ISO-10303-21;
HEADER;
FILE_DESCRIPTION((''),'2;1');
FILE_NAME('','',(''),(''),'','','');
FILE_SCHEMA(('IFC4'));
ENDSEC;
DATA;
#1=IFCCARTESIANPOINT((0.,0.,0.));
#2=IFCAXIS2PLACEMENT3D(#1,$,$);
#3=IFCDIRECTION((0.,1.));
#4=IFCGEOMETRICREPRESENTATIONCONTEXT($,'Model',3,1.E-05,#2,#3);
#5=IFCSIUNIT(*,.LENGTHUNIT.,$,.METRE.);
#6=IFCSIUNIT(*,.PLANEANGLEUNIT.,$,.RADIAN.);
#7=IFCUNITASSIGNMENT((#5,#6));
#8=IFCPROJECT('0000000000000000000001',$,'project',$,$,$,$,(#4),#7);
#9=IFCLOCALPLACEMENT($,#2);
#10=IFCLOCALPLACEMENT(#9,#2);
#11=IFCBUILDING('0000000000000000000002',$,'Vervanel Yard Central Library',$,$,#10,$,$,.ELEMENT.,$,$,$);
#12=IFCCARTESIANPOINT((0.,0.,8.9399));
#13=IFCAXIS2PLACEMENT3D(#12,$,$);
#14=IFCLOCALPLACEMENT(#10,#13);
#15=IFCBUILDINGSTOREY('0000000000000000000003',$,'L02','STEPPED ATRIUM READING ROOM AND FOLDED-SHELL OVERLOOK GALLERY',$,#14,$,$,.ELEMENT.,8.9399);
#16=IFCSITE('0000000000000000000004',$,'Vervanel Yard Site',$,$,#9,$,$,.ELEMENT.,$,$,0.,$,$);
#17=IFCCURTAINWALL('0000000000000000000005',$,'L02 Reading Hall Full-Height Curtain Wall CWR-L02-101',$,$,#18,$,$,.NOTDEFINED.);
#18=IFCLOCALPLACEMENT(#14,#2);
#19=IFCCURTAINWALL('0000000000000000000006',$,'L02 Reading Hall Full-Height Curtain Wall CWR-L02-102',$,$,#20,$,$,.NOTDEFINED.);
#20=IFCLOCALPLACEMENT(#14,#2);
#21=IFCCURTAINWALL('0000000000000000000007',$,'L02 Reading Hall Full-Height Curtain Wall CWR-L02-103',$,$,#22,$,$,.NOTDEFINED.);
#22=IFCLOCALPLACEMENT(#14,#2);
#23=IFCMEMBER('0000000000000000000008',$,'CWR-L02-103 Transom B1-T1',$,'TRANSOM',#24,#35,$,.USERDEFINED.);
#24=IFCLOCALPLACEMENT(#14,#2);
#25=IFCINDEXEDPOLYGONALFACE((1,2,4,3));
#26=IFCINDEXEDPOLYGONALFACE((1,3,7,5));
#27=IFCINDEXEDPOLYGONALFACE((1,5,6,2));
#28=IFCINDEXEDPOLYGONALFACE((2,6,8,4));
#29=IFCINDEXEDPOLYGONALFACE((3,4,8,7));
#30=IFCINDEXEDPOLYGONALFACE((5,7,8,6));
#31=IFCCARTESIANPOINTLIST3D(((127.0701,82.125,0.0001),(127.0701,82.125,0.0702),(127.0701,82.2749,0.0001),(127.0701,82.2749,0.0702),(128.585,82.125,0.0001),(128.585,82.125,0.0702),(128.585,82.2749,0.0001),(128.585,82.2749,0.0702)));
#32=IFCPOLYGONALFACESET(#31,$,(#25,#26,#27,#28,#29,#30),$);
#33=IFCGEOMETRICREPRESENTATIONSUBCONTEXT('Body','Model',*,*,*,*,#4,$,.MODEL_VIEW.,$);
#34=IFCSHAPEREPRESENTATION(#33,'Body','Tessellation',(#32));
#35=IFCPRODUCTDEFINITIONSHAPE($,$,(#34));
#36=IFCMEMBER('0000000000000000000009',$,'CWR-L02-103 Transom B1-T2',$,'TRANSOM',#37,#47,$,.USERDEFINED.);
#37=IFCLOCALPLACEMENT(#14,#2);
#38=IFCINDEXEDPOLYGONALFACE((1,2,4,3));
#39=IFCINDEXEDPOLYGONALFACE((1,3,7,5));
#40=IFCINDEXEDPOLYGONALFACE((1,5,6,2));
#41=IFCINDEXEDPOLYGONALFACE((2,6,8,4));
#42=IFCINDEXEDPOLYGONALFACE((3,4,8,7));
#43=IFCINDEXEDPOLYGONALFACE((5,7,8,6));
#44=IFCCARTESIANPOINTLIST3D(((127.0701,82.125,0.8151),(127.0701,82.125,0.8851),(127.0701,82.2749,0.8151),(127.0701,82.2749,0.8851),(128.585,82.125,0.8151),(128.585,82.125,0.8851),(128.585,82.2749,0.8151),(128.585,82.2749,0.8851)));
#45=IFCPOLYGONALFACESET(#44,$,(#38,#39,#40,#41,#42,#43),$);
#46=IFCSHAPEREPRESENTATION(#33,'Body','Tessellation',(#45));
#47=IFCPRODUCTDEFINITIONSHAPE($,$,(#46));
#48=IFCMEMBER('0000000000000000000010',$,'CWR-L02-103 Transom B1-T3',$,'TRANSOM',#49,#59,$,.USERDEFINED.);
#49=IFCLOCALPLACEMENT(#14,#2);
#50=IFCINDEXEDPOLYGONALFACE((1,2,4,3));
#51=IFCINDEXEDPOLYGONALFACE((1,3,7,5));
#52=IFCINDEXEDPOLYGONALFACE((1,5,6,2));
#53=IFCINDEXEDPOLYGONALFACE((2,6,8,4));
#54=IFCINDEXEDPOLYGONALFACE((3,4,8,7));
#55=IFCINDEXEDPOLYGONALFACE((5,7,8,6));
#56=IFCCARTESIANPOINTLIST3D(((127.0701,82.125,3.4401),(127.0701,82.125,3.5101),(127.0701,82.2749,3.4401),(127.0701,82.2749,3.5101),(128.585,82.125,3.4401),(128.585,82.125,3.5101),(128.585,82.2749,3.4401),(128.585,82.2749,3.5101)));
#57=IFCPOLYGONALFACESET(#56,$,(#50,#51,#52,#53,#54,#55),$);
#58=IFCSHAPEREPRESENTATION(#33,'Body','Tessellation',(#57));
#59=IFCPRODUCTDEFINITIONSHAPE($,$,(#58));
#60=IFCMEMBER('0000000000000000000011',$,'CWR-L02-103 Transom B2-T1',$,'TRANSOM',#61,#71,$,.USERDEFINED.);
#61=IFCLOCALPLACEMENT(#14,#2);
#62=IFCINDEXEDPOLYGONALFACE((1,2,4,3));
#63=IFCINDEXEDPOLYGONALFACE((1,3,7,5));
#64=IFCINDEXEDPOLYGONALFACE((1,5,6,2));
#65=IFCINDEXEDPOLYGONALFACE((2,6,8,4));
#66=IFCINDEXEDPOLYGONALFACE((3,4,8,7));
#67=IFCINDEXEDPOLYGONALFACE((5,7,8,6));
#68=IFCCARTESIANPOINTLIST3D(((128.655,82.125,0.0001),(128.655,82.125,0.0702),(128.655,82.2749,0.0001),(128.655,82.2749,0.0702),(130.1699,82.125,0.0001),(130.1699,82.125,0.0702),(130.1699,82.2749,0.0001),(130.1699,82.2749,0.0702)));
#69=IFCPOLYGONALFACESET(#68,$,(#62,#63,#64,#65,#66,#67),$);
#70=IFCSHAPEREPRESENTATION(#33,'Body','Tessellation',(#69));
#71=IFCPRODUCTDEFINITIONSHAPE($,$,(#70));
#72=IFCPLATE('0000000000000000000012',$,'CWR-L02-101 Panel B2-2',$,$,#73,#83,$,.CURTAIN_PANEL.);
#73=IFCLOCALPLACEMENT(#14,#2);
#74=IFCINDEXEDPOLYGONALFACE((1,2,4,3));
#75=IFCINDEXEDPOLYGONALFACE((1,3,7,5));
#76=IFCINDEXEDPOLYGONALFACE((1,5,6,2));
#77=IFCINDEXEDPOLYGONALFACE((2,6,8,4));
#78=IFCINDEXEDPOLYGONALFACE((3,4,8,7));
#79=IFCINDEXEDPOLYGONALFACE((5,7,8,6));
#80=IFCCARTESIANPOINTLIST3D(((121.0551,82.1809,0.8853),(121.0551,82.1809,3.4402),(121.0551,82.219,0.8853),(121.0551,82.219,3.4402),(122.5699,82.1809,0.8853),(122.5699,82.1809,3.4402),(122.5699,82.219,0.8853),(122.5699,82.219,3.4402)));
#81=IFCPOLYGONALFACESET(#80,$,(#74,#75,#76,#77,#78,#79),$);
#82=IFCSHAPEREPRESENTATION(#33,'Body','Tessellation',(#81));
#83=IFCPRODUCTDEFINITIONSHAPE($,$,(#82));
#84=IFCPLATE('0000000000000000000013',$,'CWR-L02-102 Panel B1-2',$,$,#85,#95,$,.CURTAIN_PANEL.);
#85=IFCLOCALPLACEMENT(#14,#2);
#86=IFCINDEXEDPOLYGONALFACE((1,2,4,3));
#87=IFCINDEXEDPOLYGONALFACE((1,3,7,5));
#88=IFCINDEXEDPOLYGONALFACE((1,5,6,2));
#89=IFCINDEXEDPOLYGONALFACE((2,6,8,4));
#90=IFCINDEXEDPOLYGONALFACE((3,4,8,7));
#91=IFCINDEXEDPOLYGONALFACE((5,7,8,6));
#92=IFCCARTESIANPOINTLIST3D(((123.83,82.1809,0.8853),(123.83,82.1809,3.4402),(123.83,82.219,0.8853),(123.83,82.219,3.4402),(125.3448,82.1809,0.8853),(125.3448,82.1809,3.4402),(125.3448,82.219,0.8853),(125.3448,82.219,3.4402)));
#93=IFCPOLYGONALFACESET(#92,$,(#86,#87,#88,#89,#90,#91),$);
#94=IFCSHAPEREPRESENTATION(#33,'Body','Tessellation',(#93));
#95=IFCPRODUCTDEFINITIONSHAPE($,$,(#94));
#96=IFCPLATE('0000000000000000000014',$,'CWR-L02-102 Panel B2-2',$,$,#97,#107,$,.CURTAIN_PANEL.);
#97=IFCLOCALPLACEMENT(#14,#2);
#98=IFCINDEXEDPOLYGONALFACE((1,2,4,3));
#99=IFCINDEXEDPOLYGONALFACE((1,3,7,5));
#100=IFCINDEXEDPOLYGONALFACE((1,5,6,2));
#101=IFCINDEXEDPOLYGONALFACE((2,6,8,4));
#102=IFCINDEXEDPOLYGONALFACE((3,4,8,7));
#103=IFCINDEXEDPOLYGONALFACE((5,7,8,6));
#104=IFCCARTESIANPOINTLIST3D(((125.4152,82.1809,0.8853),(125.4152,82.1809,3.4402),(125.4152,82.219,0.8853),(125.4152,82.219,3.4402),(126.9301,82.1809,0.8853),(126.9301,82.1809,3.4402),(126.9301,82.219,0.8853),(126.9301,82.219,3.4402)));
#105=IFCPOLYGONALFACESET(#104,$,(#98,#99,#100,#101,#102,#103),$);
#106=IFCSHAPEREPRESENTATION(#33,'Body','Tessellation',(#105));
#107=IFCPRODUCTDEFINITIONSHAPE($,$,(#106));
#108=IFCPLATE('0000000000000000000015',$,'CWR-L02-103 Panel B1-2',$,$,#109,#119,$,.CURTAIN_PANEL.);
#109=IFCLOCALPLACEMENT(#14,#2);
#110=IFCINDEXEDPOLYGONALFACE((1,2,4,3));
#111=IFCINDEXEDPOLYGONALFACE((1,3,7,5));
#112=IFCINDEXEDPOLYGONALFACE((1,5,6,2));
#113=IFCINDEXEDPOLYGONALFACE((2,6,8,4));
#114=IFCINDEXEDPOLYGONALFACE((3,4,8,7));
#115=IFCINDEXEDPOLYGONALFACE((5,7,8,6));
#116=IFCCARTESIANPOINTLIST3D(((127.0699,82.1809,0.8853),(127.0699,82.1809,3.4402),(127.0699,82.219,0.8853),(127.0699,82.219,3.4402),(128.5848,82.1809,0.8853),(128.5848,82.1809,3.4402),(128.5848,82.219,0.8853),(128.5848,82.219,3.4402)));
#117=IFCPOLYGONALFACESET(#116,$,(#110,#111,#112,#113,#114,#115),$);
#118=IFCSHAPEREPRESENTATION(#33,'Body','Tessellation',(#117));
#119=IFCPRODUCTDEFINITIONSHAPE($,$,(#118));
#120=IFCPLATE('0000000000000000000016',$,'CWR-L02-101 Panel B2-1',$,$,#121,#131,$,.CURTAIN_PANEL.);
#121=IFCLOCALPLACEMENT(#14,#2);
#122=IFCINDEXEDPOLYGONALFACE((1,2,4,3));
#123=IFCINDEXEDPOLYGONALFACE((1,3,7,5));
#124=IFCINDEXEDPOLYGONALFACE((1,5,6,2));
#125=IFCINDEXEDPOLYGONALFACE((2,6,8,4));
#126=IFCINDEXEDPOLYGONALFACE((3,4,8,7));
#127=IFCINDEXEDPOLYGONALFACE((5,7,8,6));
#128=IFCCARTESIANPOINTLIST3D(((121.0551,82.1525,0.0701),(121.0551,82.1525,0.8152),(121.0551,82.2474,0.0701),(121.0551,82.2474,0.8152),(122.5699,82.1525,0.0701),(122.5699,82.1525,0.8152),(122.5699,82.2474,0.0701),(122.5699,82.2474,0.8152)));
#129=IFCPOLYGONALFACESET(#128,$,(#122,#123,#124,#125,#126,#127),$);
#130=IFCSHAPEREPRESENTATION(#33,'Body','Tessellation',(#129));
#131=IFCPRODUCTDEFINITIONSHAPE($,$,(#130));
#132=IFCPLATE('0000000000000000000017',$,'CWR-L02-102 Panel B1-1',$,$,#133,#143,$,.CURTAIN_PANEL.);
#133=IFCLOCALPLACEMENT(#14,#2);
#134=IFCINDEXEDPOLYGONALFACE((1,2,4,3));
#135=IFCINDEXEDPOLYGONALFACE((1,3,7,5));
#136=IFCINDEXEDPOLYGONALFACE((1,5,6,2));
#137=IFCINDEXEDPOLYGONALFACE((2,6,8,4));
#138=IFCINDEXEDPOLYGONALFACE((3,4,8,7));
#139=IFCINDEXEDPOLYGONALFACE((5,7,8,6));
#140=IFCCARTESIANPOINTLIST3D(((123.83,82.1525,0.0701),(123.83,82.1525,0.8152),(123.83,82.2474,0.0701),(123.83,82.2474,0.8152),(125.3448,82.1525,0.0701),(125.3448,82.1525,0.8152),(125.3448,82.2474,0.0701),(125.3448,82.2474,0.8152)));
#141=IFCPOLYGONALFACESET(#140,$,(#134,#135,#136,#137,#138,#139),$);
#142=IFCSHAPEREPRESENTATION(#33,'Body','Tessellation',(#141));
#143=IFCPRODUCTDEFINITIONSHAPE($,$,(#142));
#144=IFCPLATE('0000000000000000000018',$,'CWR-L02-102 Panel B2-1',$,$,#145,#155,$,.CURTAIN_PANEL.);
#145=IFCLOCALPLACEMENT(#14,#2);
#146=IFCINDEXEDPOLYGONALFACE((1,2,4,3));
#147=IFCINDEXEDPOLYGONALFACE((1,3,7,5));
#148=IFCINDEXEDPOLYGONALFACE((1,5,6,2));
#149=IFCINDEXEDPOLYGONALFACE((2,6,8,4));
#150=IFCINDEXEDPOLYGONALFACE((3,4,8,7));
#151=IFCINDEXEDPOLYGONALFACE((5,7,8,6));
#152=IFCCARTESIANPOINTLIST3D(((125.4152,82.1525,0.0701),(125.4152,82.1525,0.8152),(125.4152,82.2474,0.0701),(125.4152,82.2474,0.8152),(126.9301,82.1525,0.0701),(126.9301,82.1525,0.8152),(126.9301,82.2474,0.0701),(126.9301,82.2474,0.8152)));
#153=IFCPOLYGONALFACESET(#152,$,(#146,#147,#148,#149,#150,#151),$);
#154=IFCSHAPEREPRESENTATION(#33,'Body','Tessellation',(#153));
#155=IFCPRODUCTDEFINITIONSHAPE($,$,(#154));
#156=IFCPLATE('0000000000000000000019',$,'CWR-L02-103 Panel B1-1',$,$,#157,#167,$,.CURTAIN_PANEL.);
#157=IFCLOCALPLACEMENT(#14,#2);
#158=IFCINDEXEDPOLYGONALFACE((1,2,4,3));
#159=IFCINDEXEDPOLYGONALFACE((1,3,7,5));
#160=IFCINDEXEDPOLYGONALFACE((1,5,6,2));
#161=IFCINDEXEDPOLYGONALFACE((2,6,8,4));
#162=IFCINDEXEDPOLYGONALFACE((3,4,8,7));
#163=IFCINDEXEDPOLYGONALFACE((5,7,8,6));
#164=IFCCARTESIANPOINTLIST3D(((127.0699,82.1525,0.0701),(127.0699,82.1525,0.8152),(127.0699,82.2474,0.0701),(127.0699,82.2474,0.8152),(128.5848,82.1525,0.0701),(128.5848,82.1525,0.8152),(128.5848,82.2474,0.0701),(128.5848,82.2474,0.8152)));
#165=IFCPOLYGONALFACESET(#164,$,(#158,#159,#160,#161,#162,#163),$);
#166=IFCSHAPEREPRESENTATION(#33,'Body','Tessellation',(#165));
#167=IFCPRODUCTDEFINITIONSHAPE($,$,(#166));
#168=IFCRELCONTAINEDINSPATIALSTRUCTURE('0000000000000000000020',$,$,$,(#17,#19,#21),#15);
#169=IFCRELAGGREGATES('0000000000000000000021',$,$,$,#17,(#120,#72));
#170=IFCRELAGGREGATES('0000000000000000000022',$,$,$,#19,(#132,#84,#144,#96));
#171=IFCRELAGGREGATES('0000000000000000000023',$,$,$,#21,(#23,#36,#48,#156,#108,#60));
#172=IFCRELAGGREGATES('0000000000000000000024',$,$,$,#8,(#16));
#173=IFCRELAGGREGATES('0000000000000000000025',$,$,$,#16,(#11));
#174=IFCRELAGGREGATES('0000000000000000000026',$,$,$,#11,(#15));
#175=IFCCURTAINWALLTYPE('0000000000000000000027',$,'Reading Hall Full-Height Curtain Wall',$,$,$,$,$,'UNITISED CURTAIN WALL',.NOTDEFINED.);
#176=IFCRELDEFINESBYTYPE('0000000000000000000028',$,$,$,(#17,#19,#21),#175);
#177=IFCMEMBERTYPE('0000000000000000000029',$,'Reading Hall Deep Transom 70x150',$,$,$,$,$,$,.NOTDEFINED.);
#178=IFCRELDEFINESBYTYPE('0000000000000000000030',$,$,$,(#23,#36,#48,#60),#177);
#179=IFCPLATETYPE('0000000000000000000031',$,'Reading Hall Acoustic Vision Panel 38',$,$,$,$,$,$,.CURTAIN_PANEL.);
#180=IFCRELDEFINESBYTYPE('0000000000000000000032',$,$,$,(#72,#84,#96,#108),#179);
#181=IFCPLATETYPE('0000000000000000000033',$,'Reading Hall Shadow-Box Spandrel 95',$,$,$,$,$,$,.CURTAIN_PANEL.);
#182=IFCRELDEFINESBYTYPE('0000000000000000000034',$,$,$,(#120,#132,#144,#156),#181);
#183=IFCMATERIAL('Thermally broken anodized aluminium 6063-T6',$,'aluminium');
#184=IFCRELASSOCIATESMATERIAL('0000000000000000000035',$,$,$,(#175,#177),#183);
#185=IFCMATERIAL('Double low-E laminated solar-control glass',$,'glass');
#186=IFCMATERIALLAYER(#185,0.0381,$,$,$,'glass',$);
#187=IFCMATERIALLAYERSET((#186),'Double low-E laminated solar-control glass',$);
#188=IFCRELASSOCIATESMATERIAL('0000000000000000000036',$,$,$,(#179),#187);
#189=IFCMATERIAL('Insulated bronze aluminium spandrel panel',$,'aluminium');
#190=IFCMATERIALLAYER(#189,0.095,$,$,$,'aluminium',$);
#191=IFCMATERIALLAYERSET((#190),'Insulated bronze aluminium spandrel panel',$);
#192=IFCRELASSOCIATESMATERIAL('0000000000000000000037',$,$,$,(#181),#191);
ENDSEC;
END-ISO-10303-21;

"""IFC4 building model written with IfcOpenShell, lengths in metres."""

from ifc_helpers import new_model, si_unit, direction, frame, origin, origin_2d, place, context, subcontext, project, spatial, rectangle, extrude, material, layer, layer_set, material_profile, profile_set, type_object, element, aggregate, save


model = new_model("IFC4")

# Units and contexts
model_context = context("Model", 3, precision=1e-05, world=origin(), true_north=direction((0.0, 1.0)))
body_context = subcontext(model_context, "Body", "Model", "MODEL_VIEW")
ifc_project = project(units=[si_unit("LENGTHUNIT", "METRE"), si_unit("PLANEANGLEUNIT", "RADIAN")], contexts=[model_context])

# Site, building, storey
site_placement = place(None, origin())
site = spatial("IfcSite", under=ifc_project, at=site_placement, Name="Vervanel Yard Site", CompositionType="ELEMENT", RefElevation=0.0)
building_placement = place(site_placement, origin())
building = spatial("IfcBuilding", under=site, at=building_placement, Name="Vervanel Yard Central Library", CompositionType="ELEMENT")
storey_placement = place(building_placement, frame((0.0, 0.0, 8.9399)))
storey = spatial("IfcBuildingStorey", under=building, at=storey_placement, Name="L02", Description="STEPPED ATRIUM READING ROOM AND FOLDED-SHELL OVERLOOK GALLERY", CompositionType="ELEMENT", Elevation=8.9399)

# Curtain wall
ifc_material_1 = material(Name="Thermally broken anodized aluminium 6063-T6", Category="aluminium")
curtain_wall_type = type_object("IfcCurtainWallType", Name="Reading Hall Full-Height Curtain Wall", ElementType="UNITISED CURTAIN WALL", PredefinedType="NOTDEFINED", material=ifc_material_1)
curtain_wall_1_placement = place(storey_placement, origin())
curtain_wall_1 = element("IfcCurtainWall", 1, at=curtain_wall_1_placement, inside=storey, type_object=curtain_wall_type, Name="L02 Reading Hall Full-Height Curtain Wall CWR-L02-101", PredefinedType="NOTDEFINED")

# Curtain walls
curtain_wall_2_placement = place(storey_placement, origin())
curtain_wall_2 = element("IfcCurtainWall", 2, at=curtain_wall_2_placement, inside=storey, type_object=curtain_wall_type, Name="L02 Reading Hall Full-Height Curtain Wall CWR-L02-102", PredefinedType="NOTDEFINED")
curtain_wall_3_placement = place(storey_placement, origin())
curtain_wall_3 = element("IfcCurtainWall", 3, at=curtain_wall_3_placement, inside=storey, type_object=curtain_wall_type, Name="L02 Reading Hall Full-Height Curtain Wall CWR-L02-103", PredefinedType="NOTDEFINED")

# Members
ifc_material_profile_1 = material_profile(ifc_material_1, rectangle(XDim=0.0701, YDim=0.1499, at=origin_2d()), Name="ALU 70x150", Category="aluminium")
ifc_profile_set_1 = profile_set([ifc_material_profile_1], Name="Thermally broken anodized aluminium 6063-T6")
member_type_1 = type_object("IfcMemberType", Name="Reading Hall Deep Transom 70x150", PredefinedType="NOTDEFINED", material=ifc_profile_set_1)
member_1_placement = place(storey_placement, frame((127.0701, 82.2, 0.0352), z_axis=(1.0, 0.0, 0.0), x_axis=(0.0, 0.0, 1.0)))
member_1 = element("IfcMember", 4, at=member_1_placement, type_object=member_type_1, Name="CWR-L02-103 Transom B1-T1", ObjectType="TRANSOM", PredefinedType="USERDEFINED", context=body_context, shape_type="SweptSolid", body=[
    extrude(rectangle(XDim=0.0701, YDim=0.1499, at=origin_2d()), origin(), (0.0, 0.0, 1.0), 1.5149),
])
member_2_placement = place(storey_placement, frame((127.0701, 82.2, 0.8501), z_axis=(1.0, 0.0, 0.0), x_axis=(0.0, 0.0, 1.0)))
member_2 = element("IfcMember", 5, at=member_2_placement, type_object=member_type_1, Name="CWR-L02-103 Transom B1-T2", ObjectType="TRANSOM", PredefinedType="USERDEFINED", context=body_context, shape_type="SweptSolid", body=[
    extrude(rectangle(XDim=0.0701, YDim=0.1499, at=origin_2d()), origin(), (0.0, 0.0, 1.0), 1.5149),
])
member_3_placement = place(storey_placement, frame((127.0701, 82.2, 3.4751), z_axis=(1.0, 0.0, 0.0), x_axis=(0.0, 0.0, 1.0)))
member_3 = element("IfcMember", 6, at=member_3_placement, type_object=member_type_1, Name="CWR-L02-103 Transom B1-T3", ObjectType="TRANSOM", PredefinedType="USERDEFINED", context=body_context, shape_type="SweptSolid", body=[
    extrude(rectangle(XDim=0.0701, YDim=0.1499, at=origin_2d()), origin(), (0.0, 0.0, 1.0), 1.5149),
])
member_4_placement = place(storey_placement, frame((128.655, 82.2, 0.0352), z_axis=(1.0, 0.0, 0.0), x_axis=(0.0, 0.0, 1.0)))
member_4 = element("IfcMember", 7, at=member_4_placement, type_object=member_type_1, Name="CWR-L02-103 Transom B2-T1", ObjectType="TRANSOM", PredefinedType="USERDEFINED", context=body_context, shape_type="SweptSolid", body=[
    extrude(rectangle(XDim=0.0701, YDim=0.1499, at=origin_2d()), origin(), (0.0, 0.0, 1.0), 1.5149),
])

# Plates
ifc_material_2 = material(Name="Double low-E laminated solar-control glass", Category="glass")
ifc_layer_1 = layer(ifc_material_2, 0.0381, Category="glass")
ifc_layer_set_1 = layer_set([ifc_layer_1], Name="Double low-E laminated solar-control glass")
plate_type_1 = type_object("IfcPlateType", Name="Reading Hall Acoustic Vision Panel 38", PredefinedType="CURTAIN_PANEL", material=ifc_layer_set_1)
plate_1_placement = place(storey_placement, frame((121.8125, 82.2, 0.8853), z_axis=(0.0, 0.0, 1.0), x_axis=(1.0, 0.0, 0.0)))
plate_1 = element("IfcPlate", 8, at=plate_1_placement, type_object=plate_type_1, Name="CWR-L02-101 Panel B2-2", PredefinedType="CURTAIN_PANEL", context=body_context, shape_type="SweptSolid", body=[
    extrude(rectangle(XDim=1.5149, YDim=0.0381, at=origin_2d()), origin(), (0.0, 0.0, 1.0), 2.5549),
])
plate_2_placement = place(storey_placement, frame((124.5874, 82.2, 0.8853), z_axis=(0.0, 0.0, 1.0), x_axis=(1.0, 0.0, 0.0)))
plate_2 = element("IfcPlate", 9, at=plate_2_placement, type_object=plate_type_1, Name="CWR-L02-102 Panel B1-2", PredefinedType="CURTAIN_PANEL", context=body_context, shape_type="SweptSolid", body=[
    extrude(rectangle(XDim=1.5149, YDim=0.0381, at=origin_2d()), origin(), (0.0, 0.0, 1.0), 2.5549),
])
plate_3_placement = place(storey_placement, frame((126.1726, 82.2, 0.8853), z_axis=(0.0, 0.0, 1.0), x_axis=(1.0, 0.0, 0.0)))
plate_3 = element("IfcPlate", 10, at=plate_3_placement, type_object=plate_type_1, Name="CWR-L02-102 Panel B2-2", PredefinedType="CURTAIN_PANEL", context=body_context, shape_type="SweptSolid", body=[
    extrude(rectangle(XDim=1.5149, YDim=0.0381, at=origin_2d()), origin(), (0.0, 0.0, 1.0), 2.5549),
])
plate_4_placement = place(storey_placement, frame((127.8274, 82.2, 0.8853), z_axis=(0.0, 0.0, 1.0), x_axis=(1.0, 0.0, 0.0)))
plate_4 = element("IfcPlate", 11, at=plate_4_placement, type_object=plate_type_1, Name="CWR-L02-103 Panel B1-2", PredefinedType="CURTAIN_PANEL", context=body_context, shape_type="SweptSolid", body=[
    extrude(rectangle(XDim=1.5149, YDim=0.0381, at=origin_2d()), origin(), (0.0, 0.0, 1.0), 2.5549),
])
ifc_material_3 = material(Name="Insulated bronze aluminium spandrel panel", Category="aluminium")
ifc_layer_2 = layer(ifc_material_3, 0.095, Category="aluminium")
ifc_layer_set_2 = layer_set([ifc_layer_2], Name="Insulated bronze aluminium spandrel panel")
plate_type_2 = type_object("IfcPlateType", Name="Reading Hall Shadow-Box Spandrel 95", PredefinedType="CURTAIN_PANEL", material=ifc_layer_set_2)
plate_5_placement = place(storey_placement, frame((121.8125, 82.2, 0.0701), z_axis=(0.0, 0.0, 1.0), x_axis=(1.0, 0.0, 0.0)))
plate_5 = element("IfcPlate", 12, at=plate_5_placement, type_object=plate_type_2, Name="CWR-L02-101 Panel B2-1", PredefinedType="CURTAIN_PANEL", context=body_context, shape_type="SweptSolid", body=[
    extrude(rectangle(XDim=1.5149, YDim=0.095, at=origin_2d()), origin(), (0.0, 0.0, 1.0), 0.7451),
])
aggregate(curtain_wall_1, [plate_5, plate_1])
plate_6_placement = place(storey_placement, frame((124.5874, 82.2, 0.0701), z_axis=(0.0, 0.0, 1.0), x_axis=(1.0, 0.0, 0.0)))
plate_6 = element("IfcPlate", 13, at=plate_6_placement, type_object=plate_type_2, Name="CWR-L02-102 Panel B1-1", PredefinedType="CURTAIN_PANEL", context=body_context, shape_type="SweptSolid", body=[
    extrude(rectangle(XDim=1.5149, YDim=0.095, at=origin_2d()), origin(), (0.0, 0.0, 1.0), 0.7451),
])
plate_7_placement = place(storey_placement, frame((126.1726, 82.2, 0.0701), z_axis=(0.0, 0.0, 1.0), x_axis=(1.0, 0.0, 0.0)))
plate_7 = element("IfcPlate", 14, at=plate_7_placement, type_object=plate_type_2, Name="CWR-L02-102 Panel B2-1", PredefinedType="CURTAIN_PANEL", context=body_context, shape_type="SweptSolid", body=[
    extrude(rectangle(XDim=1.5149, YDim=0.095, at=origin_2d()), origin(), (0.0, 0.0, 1.0), 0.7451),
])
aggregate(curtain_wall_2, [plate_6, plate_2, plate_7, plate_3])
plate_8_placement = place(storey_placement, frame((127.8274, 82.2, 0.0701), z_axis=(0.0, 0.0, 1.0), x_axis=(1.0, 0.0, 0.0)))
plate_8 = element("IfcPlate", 15, at=plate_8_placement, type_object=plate_type_2, Name="CWR-L02-103 Panel B1-1", PredefinedType="CURTAIN_PANEL", context=body_context, shape_type="SweptSolid", body=[
    extrude(rectangle(XDim=1.5149, YDim=0.095, at=origin_2d()), origin(), (0.0, 0.0, 1.0), 0.7451),
])
aggregate(curtain_wall_3, [member_1, member_2, member_3, plate_8, plate_4, member_4])

save(model, "model.ifc")
